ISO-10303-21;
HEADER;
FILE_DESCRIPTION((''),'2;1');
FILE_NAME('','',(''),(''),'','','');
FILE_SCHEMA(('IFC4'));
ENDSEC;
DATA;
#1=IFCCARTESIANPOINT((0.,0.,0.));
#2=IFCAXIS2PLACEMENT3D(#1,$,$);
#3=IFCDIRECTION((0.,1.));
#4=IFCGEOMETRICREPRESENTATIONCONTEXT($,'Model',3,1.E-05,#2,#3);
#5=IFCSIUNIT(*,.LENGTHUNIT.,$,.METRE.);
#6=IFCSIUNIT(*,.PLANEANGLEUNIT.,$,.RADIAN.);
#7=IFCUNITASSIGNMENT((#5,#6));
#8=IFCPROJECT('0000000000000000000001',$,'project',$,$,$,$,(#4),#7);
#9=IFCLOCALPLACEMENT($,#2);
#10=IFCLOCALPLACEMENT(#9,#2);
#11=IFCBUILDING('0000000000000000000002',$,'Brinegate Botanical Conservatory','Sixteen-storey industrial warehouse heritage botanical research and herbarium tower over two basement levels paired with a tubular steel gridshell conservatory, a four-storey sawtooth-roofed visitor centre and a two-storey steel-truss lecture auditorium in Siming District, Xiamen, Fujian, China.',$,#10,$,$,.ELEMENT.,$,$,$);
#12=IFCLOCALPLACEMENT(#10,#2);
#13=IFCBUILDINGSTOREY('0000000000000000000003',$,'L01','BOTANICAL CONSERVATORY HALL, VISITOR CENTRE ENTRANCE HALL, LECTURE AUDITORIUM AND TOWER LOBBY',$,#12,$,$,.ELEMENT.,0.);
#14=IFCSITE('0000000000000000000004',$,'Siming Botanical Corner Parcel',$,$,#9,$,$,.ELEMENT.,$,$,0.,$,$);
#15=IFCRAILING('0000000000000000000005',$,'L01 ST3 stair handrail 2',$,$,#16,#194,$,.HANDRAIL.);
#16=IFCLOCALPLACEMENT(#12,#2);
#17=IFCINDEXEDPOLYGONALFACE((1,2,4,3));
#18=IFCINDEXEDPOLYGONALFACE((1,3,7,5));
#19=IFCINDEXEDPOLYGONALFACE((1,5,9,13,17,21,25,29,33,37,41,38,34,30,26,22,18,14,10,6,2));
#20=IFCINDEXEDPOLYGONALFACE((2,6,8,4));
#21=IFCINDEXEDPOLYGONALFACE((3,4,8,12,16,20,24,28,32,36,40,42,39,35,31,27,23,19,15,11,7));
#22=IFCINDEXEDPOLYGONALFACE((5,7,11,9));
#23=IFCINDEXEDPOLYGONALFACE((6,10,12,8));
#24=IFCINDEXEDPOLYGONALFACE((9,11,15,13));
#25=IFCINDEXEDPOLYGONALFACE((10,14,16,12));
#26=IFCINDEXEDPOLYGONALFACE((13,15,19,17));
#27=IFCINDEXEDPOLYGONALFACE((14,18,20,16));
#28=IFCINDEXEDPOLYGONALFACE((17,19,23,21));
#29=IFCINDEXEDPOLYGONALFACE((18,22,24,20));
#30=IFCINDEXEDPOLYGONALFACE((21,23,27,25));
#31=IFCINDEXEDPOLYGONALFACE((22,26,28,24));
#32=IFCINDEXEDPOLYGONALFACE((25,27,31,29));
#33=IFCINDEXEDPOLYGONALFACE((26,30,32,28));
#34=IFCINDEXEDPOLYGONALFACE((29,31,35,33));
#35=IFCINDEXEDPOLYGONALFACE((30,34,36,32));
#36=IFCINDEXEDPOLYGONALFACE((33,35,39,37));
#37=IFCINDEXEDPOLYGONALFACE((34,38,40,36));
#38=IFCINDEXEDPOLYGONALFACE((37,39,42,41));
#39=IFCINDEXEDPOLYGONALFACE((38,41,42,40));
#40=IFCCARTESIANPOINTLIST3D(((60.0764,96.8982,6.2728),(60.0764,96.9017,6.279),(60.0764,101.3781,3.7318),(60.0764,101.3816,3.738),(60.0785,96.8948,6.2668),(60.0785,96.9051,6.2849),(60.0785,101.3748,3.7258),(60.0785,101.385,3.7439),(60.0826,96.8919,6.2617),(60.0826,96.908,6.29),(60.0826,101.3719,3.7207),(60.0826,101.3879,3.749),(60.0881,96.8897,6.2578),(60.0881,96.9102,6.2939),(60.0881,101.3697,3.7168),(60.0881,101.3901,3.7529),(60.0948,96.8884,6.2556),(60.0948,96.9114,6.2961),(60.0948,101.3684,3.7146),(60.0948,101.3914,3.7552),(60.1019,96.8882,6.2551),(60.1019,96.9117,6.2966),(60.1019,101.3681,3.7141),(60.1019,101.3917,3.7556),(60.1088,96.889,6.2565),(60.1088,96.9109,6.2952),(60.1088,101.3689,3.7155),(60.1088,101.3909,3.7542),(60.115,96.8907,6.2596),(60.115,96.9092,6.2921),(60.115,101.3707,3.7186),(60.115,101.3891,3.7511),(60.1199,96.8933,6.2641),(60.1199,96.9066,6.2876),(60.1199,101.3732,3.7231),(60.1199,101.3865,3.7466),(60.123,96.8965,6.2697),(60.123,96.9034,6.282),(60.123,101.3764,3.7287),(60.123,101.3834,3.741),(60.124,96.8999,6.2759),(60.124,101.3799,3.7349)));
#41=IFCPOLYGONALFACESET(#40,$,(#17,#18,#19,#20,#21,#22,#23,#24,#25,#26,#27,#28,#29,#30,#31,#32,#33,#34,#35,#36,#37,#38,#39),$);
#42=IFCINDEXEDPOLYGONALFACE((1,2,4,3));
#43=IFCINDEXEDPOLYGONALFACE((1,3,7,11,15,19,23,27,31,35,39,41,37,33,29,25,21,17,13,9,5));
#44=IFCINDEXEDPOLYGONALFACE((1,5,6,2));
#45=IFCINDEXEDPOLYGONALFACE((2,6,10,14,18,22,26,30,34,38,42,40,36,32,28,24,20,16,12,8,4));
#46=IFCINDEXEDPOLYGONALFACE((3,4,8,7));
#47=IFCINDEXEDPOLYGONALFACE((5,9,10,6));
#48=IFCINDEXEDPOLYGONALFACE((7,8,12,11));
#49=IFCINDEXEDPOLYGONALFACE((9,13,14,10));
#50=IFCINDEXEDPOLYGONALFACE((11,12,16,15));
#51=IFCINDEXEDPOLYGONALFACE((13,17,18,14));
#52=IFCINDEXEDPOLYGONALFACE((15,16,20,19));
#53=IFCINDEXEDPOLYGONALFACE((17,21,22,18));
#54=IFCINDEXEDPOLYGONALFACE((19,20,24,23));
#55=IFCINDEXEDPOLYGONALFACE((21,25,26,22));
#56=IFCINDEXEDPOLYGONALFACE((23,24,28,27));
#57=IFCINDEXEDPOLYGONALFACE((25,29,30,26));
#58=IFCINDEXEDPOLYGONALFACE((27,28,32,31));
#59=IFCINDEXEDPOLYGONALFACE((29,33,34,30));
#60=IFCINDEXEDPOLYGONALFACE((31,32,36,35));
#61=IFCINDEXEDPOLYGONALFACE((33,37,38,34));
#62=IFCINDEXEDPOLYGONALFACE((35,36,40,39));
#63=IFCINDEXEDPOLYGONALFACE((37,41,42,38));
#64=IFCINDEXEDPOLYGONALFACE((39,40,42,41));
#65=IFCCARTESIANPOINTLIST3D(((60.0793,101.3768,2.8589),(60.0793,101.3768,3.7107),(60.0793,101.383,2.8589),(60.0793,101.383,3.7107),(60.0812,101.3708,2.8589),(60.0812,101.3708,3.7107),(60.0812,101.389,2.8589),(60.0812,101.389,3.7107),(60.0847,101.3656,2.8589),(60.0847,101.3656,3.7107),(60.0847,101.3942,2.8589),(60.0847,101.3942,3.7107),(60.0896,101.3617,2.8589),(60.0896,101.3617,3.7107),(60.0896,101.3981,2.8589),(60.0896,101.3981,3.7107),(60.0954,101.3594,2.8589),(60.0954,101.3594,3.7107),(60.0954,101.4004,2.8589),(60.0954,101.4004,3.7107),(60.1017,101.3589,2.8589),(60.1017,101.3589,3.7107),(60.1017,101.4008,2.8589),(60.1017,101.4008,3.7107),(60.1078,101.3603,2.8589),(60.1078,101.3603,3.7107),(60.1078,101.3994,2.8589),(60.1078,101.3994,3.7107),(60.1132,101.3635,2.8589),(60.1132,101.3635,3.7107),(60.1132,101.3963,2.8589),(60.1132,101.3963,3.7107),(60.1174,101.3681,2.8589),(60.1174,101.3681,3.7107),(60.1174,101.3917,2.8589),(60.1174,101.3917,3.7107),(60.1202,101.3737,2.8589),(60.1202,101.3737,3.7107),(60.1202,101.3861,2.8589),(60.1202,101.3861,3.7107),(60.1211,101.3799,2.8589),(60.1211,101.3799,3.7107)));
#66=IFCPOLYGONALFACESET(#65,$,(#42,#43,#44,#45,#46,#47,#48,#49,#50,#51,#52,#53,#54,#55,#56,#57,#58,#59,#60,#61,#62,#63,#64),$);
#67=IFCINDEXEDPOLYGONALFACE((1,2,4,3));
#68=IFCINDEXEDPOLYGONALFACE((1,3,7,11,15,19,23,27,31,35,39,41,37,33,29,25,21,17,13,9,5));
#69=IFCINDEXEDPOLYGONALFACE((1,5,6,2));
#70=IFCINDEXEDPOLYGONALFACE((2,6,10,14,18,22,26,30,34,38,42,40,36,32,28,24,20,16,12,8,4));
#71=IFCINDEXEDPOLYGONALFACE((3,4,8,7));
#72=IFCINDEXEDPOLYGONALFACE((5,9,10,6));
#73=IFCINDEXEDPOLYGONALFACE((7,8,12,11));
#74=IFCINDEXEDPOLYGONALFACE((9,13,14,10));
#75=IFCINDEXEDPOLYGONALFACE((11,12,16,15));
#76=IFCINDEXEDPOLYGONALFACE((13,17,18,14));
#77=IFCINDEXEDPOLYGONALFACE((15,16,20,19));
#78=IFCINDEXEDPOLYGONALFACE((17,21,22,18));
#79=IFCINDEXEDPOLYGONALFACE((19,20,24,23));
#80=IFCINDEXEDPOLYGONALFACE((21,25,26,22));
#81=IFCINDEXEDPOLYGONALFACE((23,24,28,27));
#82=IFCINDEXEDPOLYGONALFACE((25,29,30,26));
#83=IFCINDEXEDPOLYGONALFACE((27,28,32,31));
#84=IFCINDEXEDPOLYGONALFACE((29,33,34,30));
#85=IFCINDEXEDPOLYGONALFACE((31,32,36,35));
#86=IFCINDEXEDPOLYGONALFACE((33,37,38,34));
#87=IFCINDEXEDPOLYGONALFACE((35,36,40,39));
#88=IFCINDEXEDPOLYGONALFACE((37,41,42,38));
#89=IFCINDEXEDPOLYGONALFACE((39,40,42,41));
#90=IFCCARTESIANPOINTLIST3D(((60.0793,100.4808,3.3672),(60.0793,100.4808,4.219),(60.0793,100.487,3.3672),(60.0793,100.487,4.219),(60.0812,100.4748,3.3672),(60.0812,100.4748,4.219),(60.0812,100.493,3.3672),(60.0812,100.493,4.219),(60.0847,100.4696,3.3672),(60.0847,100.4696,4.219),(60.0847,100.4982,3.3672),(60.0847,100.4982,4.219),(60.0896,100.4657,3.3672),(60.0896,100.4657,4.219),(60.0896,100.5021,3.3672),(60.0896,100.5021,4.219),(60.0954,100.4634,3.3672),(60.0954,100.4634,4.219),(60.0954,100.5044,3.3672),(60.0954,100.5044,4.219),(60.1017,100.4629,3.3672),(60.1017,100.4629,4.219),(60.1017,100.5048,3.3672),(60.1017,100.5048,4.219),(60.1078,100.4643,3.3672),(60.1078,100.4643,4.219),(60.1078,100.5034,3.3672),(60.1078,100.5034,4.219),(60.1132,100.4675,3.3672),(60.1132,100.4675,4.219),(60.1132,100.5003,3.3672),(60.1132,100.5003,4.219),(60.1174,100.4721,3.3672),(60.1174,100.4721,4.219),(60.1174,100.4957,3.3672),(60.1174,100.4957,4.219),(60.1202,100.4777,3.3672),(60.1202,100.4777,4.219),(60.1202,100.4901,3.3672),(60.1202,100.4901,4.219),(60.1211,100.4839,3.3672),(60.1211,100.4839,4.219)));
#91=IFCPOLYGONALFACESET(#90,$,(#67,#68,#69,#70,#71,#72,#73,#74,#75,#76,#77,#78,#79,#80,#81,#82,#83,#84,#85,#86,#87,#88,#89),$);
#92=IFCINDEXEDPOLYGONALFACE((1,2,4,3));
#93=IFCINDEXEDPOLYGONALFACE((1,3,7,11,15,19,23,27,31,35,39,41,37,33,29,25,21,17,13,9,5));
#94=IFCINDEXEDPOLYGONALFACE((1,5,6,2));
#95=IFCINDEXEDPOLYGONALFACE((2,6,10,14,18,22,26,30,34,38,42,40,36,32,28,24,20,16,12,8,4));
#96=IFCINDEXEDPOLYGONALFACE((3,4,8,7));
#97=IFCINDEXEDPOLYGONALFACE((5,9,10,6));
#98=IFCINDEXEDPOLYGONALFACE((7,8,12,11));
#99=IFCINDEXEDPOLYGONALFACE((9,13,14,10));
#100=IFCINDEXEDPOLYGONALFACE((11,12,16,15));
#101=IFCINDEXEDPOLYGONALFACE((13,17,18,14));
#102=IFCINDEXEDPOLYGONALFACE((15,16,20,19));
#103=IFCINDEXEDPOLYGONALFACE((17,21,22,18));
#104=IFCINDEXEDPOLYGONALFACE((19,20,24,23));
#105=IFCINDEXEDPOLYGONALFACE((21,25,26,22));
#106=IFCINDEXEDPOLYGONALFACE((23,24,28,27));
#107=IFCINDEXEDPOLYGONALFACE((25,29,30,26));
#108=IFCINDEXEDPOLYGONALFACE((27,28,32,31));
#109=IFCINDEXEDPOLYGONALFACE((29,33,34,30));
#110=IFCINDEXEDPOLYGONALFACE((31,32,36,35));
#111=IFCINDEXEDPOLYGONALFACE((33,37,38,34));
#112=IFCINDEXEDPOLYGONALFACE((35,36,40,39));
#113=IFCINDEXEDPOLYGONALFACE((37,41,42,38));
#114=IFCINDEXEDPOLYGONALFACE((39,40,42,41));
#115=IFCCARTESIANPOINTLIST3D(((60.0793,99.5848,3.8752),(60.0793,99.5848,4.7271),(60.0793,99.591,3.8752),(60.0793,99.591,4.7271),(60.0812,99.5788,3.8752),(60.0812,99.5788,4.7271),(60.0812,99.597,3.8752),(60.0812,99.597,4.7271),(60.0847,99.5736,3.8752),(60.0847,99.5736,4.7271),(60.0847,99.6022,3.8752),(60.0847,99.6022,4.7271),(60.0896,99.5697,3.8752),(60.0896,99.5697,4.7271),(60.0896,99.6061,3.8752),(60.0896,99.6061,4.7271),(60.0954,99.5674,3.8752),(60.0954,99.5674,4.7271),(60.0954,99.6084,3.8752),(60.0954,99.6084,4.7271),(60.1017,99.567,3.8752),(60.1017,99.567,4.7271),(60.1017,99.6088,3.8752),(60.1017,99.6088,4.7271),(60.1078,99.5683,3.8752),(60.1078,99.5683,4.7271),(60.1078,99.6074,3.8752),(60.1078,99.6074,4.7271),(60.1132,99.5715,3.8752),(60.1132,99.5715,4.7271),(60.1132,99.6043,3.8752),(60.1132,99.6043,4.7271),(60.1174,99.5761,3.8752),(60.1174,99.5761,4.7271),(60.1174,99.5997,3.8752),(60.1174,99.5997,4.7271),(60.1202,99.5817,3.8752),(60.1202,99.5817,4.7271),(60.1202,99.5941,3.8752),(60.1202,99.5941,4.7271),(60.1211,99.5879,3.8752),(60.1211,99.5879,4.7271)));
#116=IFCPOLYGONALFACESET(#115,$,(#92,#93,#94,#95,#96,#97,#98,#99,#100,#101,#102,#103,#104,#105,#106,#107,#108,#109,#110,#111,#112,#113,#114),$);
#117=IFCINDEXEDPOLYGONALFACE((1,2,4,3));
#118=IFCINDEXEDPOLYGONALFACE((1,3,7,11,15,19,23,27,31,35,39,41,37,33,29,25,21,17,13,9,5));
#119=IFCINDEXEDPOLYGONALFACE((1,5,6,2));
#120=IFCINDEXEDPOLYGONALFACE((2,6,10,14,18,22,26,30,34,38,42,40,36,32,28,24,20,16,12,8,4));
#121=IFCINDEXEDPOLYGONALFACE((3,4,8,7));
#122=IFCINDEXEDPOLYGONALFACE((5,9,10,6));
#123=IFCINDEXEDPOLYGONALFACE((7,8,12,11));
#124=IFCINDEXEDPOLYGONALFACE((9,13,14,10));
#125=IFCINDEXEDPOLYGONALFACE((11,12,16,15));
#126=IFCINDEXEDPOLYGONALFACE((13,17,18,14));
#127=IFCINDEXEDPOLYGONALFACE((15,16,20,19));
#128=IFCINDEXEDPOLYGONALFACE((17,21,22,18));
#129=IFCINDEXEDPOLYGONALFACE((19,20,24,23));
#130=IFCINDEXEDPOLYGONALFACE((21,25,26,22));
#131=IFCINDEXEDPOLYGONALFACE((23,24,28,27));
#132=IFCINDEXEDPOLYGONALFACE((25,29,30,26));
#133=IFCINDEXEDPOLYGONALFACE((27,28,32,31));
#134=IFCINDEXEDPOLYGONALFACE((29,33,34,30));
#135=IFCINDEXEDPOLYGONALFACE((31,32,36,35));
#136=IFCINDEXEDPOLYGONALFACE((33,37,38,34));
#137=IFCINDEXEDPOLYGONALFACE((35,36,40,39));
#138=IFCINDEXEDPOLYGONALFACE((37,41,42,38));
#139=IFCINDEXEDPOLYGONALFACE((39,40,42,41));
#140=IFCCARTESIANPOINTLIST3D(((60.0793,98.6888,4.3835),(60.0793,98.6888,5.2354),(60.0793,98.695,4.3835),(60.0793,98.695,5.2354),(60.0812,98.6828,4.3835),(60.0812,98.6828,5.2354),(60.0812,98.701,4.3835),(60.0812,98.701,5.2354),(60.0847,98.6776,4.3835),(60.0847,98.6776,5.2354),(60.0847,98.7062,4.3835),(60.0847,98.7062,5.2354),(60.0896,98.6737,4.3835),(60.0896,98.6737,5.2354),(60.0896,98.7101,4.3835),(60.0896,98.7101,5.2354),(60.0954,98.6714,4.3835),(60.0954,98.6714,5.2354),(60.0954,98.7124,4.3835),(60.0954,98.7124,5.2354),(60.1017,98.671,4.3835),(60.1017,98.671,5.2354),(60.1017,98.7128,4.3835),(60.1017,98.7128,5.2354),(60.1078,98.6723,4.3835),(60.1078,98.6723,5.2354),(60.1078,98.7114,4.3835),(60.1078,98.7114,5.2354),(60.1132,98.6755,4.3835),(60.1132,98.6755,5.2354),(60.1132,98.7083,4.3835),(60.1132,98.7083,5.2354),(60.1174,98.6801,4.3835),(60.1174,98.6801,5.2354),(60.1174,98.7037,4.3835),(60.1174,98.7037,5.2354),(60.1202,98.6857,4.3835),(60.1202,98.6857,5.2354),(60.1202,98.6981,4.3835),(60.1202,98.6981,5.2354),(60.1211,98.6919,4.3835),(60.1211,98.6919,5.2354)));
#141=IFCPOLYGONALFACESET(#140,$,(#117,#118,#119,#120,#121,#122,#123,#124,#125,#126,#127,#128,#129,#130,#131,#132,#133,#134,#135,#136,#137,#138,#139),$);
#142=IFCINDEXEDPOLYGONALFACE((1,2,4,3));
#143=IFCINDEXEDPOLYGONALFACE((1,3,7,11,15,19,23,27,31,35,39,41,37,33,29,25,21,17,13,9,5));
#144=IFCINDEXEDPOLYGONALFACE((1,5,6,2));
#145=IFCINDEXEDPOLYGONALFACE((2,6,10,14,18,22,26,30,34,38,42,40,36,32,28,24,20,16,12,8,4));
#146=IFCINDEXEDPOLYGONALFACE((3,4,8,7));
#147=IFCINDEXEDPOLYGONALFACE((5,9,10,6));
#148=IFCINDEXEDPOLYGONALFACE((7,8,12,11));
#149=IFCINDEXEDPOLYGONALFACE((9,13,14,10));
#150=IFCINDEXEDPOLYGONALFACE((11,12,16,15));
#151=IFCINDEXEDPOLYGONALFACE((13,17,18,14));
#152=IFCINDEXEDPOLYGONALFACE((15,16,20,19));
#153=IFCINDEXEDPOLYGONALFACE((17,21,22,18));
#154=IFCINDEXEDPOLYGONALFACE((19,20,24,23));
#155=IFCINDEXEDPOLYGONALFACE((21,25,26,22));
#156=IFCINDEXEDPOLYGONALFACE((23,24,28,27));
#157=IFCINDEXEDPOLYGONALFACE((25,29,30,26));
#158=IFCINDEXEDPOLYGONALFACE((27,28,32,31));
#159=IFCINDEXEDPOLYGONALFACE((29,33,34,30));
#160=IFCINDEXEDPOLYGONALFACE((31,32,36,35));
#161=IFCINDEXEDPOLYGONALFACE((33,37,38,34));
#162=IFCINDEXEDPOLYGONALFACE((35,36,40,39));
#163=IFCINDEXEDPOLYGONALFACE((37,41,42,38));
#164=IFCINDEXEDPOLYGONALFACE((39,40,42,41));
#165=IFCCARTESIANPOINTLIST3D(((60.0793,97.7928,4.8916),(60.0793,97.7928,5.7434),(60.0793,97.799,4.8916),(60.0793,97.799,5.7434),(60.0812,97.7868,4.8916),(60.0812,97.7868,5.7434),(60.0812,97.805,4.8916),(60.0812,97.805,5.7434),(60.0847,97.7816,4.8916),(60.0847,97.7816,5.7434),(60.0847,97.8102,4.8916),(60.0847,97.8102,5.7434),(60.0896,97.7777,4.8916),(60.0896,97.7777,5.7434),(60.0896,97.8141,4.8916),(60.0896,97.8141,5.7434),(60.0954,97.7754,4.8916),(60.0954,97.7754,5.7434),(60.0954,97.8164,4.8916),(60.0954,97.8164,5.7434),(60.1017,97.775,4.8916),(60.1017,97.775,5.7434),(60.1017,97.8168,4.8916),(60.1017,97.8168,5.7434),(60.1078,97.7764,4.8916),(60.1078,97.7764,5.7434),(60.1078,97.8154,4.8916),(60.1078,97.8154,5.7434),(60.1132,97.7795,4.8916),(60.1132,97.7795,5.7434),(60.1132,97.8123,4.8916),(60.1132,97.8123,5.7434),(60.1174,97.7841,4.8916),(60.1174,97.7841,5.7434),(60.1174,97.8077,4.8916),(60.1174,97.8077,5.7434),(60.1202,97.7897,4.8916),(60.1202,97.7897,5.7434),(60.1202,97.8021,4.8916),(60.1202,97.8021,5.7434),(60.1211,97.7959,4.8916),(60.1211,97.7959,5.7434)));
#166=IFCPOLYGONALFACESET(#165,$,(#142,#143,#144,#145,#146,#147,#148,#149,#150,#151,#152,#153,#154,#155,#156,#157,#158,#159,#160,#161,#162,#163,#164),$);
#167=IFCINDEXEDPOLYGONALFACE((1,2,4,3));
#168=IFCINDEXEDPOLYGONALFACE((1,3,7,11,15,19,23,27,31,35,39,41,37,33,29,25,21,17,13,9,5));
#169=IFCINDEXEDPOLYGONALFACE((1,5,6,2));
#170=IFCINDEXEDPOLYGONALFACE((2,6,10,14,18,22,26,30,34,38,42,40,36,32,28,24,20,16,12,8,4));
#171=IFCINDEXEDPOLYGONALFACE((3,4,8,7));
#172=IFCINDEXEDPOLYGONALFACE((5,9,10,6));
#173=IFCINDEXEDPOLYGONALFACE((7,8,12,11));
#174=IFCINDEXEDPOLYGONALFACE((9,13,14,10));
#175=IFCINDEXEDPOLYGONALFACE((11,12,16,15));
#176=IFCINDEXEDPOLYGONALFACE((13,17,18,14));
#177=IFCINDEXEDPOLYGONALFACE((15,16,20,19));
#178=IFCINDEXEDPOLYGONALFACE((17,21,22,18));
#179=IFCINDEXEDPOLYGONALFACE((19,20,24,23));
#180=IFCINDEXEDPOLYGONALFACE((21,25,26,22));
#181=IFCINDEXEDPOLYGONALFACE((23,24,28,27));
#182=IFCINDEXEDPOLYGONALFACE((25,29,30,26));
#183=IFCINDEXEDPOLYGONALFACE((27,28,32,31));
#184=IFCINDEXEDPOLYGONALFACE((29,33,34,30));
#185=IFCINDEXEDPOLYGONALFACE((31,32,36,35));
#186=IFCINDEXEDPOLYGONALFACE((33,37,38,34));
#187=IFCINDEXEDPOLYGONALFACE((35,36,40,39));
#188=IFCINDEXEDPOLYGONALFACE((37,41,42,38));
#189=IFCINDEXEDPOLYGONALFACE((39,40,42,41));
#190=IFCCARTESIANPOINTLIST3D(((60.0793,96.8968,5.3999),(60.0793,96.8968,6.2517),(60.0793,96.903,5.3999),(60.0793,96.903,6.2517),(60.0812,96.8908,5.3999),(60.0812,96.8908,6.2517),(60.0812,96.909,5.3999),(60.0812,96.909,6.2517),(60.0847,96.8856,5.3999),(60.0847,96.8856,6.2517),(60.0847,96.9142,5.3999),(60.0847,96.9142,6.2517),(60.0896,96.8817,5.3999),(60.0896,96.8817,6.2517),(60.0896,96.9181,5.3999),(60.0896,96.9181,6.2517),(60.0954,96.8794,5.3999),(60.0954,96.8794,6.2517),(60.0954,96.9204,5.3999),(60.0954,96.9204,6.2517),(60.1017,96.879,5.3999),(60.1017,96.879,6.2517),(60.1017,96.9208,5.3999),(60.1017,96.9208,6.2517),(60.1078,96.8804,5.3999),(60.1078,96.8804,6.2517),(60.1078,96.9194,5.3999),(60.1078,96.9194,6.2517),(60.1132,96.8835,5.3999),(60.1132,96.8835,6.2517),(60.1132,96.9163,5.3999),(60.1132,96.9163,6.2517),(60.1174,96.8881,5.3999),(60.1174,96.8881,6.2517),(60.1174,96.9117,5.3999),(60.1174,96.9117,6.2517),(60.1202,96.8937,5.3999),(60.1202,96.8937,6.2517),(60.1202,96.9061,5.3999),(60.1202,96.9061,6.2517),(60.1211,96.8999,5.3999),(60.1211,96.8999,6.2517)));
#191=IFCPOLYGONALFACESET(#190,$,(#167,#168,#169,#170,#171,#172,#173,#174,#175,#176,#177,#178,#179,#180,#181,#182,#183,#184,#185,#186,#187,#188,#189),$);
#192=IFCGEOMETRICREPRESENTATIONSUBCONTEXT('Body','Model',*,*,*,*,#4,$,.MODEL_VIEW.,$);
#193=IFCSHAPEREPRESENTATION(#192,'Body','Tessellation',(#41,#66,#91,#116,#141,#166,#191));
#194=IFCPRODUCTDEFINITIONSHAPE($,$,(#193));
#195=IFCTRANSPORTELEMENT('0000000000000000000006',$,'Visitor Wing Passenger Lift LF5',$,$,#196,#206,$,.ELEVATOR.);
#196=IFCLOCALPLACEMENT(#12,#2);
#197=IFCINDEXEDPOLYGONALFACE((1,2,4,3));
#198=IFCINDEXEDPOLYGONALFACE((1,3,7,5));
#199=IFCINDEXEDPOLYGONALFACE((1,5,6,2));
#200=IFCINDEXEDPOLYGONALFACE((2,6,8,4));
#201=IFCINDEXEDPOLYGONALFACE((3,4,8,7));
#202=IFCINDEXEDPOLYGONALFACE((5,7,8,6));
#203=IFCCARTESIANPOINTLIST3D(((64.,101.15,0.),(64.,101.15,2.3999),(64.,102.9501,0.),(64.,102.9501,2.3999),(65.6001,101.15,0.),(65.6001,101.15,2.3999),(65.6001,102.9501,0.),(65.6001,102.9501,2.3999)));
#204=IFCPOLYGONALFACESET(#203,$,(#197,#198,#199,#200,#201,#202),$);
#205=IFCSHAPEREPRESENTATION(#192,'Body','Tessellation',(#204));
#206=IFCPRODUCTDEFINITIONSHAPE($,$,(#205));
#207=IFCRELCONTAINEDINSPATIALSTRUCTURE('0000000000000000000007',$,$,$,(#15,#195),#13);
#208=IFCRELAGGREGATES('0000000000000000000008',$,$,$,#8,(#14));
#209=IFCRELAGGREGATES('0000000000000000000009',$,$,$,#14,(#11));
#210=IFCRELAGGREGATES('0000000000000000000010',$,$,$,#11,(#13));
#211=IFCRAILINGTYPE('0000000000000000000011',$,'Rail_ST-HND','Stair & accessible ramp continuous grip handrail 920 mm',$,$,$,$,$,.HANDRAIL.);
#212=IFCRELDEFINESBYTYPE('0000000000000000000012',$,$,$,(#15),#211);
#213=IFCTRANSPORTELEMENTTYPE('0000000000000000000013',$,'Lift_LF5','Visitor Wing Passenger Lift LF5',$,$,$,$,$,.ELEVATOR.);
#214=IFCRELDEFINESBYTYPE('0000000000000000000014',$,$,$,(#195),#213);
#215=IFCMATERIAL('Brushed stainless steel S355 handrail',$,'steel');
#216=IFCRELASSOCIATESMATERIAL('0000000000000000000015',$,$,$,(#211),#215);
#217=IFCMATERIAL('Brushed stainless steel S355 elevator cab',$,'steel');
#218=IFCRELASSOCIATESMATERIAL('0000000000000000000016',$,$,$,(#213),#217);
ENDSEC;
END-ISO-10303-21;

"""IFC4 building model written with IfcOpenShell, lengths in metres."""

from ifc_helpers import new_model, si_unit, direction, frame, origin, origin_2d, place, context, subcontext, project, spatial, rectangle, circle, extrude, material, type_object, element, save


model = new_model("IFC4")

# Units and contexts
model_context = context("Model", 3, precision=1e-05, world=origin(), true_north=direction((0.0, 1.0)))
body_context = subcontext(model_context, "Body", "Model", "MODEL_VIEW")
ifc_project = project(units=[si_unit("LENGTHUNIT", "METRE"), si_unit("PLANEANGLEUNIT", "RADIAN")], contexts=[model_context])

# Site, building, storey
site_placement = place(None, origin())
site = spatial("IfcSite", under=ifc_project, at=site_placement, Name="Siming Botanical Corner Parcel", CompositionType="ELEMENT", RefElevation=0.0)
building_placement = place(site_placement, origin())
building = spatial("IfcBuilding", under=site, at=building_placement, Name="Brinegate Botanical Conservatory", Description="Sixteen-storey industrial warehouse heritage botanical research and herbarium tower over two basement levels paired with a tubular steel gridshell conservatory, a four-storey sawtooth-roofed visitor centre and a two-storey steel-truss lecture auditorium in Siming District, Xiamen, Fujian, China.", CompositionType="ELEMENT")
storey_placement = place(building_placement, origin())
storey = spatial("IfcBuildingStorey", under=building, at=storey_placement, Name="L01", Description="BOTANICAL CONSERVATORY HALL, VISITOR CENTRE ENTRANCE HALL, LECTURE AUDITORIUM AND TOWER LOBBY", CompositionType="ELEMENT", Elevation=0.0)

# Railing
ifc_material_1 = material(Name="Brushed stainless steel S355 handrail", Category="steel")
railing_type_1 = type_object("IfcRailingType", Name="Rail_ST-HND", Description="Stair & accessible ramp continuous grip handrail 920 mm", PredefinedType="HANDRAIL", material=ifc_material_1)
railing_1_placement = place(storey_placement, frame((60.1001, 101.3799, 2.8589)))
element("IfcRailing", 1, at=railing_1_placement, inside=storey, type_object=railing_type_1, Name="L01 ST3 stair handrail 2", PredefinedType="HANDRAIL", context=body_context, shape_type="SweptSolid", body=[
    extrude(circle(Radius=0.0239, at=origin_2d()), frame((0.0, 0.0, 0.876), z_axis=(0.0, -0.869826, 0.493359), x_axis=(1.0, 0.0, 0.0)), (0.0, 0.0, 1.0), 5.1504),
    extrude(circle(Radius=0.021, at=origin_2d()), origin(), (0.0, 0.0, 1.0), 0.8518),
    extrude(circle(Radius=0.021, at=origin_2d()), frame((0.0, -0.896, 0.5083)), (0.0, 0.0, 1.0), 0.8518),
    extrude(circle(Radius=0.021, at=origin_2d()), frame((0.0, -1.792, 1.0164)), (0.0, 0.0, 1.0), 0.8518),
    extrude(circle(Radius=0.021, at=origin_2d()), frame((0.0, -2.688, 1.5247)), (0.0, 0.0, 1.0), 0.8518),
    extrude(circle(Radius=0.021, at=origin_2d()), frame((0.0, -3.584, 2.0327)), (0.0, 0.0, 1.0), 0.8518),
    extrude(circle(Radius=0.021, at=origin_2d()), frame((0.0, -4.48, 2.541)), (0.0, 0.0, 1.0), 0.8518),
])

# Transport element
ifc_material_2 = material(Name="Brushed stainless steel S355 elevator cab", Category="steel")
transport_element_type = type_object("IfcTransportElementType", Name="Lift_LF5", Description="Visitor Wing Passenger Lift LF5", PredefinedType="ELEVATOR", material=ifc_material_2)
transport_element_placement = place(storey_placement, frame((64.8, 102.05, 0.0), z_axis=(0.0, 0.0, 1.0), x_axis=(1.0, 0.0, 0.0)))
element("IfcTransportElement", 2, at=transport_element_placement, inside=storey, type_object=transport_element_type, Name="Visitor Wing Passenger Lift LF5", PredefinedType="ELEVATOR", context=body_context, shape_type="SweptSolid", body=[
    extrude(rectangle(XDim=1.6001, YDim=1.8, at=origin_2d()), origin(), (0.0, 0.0, 1.0), 2.3999),
])

save(model, "model.ifc")
